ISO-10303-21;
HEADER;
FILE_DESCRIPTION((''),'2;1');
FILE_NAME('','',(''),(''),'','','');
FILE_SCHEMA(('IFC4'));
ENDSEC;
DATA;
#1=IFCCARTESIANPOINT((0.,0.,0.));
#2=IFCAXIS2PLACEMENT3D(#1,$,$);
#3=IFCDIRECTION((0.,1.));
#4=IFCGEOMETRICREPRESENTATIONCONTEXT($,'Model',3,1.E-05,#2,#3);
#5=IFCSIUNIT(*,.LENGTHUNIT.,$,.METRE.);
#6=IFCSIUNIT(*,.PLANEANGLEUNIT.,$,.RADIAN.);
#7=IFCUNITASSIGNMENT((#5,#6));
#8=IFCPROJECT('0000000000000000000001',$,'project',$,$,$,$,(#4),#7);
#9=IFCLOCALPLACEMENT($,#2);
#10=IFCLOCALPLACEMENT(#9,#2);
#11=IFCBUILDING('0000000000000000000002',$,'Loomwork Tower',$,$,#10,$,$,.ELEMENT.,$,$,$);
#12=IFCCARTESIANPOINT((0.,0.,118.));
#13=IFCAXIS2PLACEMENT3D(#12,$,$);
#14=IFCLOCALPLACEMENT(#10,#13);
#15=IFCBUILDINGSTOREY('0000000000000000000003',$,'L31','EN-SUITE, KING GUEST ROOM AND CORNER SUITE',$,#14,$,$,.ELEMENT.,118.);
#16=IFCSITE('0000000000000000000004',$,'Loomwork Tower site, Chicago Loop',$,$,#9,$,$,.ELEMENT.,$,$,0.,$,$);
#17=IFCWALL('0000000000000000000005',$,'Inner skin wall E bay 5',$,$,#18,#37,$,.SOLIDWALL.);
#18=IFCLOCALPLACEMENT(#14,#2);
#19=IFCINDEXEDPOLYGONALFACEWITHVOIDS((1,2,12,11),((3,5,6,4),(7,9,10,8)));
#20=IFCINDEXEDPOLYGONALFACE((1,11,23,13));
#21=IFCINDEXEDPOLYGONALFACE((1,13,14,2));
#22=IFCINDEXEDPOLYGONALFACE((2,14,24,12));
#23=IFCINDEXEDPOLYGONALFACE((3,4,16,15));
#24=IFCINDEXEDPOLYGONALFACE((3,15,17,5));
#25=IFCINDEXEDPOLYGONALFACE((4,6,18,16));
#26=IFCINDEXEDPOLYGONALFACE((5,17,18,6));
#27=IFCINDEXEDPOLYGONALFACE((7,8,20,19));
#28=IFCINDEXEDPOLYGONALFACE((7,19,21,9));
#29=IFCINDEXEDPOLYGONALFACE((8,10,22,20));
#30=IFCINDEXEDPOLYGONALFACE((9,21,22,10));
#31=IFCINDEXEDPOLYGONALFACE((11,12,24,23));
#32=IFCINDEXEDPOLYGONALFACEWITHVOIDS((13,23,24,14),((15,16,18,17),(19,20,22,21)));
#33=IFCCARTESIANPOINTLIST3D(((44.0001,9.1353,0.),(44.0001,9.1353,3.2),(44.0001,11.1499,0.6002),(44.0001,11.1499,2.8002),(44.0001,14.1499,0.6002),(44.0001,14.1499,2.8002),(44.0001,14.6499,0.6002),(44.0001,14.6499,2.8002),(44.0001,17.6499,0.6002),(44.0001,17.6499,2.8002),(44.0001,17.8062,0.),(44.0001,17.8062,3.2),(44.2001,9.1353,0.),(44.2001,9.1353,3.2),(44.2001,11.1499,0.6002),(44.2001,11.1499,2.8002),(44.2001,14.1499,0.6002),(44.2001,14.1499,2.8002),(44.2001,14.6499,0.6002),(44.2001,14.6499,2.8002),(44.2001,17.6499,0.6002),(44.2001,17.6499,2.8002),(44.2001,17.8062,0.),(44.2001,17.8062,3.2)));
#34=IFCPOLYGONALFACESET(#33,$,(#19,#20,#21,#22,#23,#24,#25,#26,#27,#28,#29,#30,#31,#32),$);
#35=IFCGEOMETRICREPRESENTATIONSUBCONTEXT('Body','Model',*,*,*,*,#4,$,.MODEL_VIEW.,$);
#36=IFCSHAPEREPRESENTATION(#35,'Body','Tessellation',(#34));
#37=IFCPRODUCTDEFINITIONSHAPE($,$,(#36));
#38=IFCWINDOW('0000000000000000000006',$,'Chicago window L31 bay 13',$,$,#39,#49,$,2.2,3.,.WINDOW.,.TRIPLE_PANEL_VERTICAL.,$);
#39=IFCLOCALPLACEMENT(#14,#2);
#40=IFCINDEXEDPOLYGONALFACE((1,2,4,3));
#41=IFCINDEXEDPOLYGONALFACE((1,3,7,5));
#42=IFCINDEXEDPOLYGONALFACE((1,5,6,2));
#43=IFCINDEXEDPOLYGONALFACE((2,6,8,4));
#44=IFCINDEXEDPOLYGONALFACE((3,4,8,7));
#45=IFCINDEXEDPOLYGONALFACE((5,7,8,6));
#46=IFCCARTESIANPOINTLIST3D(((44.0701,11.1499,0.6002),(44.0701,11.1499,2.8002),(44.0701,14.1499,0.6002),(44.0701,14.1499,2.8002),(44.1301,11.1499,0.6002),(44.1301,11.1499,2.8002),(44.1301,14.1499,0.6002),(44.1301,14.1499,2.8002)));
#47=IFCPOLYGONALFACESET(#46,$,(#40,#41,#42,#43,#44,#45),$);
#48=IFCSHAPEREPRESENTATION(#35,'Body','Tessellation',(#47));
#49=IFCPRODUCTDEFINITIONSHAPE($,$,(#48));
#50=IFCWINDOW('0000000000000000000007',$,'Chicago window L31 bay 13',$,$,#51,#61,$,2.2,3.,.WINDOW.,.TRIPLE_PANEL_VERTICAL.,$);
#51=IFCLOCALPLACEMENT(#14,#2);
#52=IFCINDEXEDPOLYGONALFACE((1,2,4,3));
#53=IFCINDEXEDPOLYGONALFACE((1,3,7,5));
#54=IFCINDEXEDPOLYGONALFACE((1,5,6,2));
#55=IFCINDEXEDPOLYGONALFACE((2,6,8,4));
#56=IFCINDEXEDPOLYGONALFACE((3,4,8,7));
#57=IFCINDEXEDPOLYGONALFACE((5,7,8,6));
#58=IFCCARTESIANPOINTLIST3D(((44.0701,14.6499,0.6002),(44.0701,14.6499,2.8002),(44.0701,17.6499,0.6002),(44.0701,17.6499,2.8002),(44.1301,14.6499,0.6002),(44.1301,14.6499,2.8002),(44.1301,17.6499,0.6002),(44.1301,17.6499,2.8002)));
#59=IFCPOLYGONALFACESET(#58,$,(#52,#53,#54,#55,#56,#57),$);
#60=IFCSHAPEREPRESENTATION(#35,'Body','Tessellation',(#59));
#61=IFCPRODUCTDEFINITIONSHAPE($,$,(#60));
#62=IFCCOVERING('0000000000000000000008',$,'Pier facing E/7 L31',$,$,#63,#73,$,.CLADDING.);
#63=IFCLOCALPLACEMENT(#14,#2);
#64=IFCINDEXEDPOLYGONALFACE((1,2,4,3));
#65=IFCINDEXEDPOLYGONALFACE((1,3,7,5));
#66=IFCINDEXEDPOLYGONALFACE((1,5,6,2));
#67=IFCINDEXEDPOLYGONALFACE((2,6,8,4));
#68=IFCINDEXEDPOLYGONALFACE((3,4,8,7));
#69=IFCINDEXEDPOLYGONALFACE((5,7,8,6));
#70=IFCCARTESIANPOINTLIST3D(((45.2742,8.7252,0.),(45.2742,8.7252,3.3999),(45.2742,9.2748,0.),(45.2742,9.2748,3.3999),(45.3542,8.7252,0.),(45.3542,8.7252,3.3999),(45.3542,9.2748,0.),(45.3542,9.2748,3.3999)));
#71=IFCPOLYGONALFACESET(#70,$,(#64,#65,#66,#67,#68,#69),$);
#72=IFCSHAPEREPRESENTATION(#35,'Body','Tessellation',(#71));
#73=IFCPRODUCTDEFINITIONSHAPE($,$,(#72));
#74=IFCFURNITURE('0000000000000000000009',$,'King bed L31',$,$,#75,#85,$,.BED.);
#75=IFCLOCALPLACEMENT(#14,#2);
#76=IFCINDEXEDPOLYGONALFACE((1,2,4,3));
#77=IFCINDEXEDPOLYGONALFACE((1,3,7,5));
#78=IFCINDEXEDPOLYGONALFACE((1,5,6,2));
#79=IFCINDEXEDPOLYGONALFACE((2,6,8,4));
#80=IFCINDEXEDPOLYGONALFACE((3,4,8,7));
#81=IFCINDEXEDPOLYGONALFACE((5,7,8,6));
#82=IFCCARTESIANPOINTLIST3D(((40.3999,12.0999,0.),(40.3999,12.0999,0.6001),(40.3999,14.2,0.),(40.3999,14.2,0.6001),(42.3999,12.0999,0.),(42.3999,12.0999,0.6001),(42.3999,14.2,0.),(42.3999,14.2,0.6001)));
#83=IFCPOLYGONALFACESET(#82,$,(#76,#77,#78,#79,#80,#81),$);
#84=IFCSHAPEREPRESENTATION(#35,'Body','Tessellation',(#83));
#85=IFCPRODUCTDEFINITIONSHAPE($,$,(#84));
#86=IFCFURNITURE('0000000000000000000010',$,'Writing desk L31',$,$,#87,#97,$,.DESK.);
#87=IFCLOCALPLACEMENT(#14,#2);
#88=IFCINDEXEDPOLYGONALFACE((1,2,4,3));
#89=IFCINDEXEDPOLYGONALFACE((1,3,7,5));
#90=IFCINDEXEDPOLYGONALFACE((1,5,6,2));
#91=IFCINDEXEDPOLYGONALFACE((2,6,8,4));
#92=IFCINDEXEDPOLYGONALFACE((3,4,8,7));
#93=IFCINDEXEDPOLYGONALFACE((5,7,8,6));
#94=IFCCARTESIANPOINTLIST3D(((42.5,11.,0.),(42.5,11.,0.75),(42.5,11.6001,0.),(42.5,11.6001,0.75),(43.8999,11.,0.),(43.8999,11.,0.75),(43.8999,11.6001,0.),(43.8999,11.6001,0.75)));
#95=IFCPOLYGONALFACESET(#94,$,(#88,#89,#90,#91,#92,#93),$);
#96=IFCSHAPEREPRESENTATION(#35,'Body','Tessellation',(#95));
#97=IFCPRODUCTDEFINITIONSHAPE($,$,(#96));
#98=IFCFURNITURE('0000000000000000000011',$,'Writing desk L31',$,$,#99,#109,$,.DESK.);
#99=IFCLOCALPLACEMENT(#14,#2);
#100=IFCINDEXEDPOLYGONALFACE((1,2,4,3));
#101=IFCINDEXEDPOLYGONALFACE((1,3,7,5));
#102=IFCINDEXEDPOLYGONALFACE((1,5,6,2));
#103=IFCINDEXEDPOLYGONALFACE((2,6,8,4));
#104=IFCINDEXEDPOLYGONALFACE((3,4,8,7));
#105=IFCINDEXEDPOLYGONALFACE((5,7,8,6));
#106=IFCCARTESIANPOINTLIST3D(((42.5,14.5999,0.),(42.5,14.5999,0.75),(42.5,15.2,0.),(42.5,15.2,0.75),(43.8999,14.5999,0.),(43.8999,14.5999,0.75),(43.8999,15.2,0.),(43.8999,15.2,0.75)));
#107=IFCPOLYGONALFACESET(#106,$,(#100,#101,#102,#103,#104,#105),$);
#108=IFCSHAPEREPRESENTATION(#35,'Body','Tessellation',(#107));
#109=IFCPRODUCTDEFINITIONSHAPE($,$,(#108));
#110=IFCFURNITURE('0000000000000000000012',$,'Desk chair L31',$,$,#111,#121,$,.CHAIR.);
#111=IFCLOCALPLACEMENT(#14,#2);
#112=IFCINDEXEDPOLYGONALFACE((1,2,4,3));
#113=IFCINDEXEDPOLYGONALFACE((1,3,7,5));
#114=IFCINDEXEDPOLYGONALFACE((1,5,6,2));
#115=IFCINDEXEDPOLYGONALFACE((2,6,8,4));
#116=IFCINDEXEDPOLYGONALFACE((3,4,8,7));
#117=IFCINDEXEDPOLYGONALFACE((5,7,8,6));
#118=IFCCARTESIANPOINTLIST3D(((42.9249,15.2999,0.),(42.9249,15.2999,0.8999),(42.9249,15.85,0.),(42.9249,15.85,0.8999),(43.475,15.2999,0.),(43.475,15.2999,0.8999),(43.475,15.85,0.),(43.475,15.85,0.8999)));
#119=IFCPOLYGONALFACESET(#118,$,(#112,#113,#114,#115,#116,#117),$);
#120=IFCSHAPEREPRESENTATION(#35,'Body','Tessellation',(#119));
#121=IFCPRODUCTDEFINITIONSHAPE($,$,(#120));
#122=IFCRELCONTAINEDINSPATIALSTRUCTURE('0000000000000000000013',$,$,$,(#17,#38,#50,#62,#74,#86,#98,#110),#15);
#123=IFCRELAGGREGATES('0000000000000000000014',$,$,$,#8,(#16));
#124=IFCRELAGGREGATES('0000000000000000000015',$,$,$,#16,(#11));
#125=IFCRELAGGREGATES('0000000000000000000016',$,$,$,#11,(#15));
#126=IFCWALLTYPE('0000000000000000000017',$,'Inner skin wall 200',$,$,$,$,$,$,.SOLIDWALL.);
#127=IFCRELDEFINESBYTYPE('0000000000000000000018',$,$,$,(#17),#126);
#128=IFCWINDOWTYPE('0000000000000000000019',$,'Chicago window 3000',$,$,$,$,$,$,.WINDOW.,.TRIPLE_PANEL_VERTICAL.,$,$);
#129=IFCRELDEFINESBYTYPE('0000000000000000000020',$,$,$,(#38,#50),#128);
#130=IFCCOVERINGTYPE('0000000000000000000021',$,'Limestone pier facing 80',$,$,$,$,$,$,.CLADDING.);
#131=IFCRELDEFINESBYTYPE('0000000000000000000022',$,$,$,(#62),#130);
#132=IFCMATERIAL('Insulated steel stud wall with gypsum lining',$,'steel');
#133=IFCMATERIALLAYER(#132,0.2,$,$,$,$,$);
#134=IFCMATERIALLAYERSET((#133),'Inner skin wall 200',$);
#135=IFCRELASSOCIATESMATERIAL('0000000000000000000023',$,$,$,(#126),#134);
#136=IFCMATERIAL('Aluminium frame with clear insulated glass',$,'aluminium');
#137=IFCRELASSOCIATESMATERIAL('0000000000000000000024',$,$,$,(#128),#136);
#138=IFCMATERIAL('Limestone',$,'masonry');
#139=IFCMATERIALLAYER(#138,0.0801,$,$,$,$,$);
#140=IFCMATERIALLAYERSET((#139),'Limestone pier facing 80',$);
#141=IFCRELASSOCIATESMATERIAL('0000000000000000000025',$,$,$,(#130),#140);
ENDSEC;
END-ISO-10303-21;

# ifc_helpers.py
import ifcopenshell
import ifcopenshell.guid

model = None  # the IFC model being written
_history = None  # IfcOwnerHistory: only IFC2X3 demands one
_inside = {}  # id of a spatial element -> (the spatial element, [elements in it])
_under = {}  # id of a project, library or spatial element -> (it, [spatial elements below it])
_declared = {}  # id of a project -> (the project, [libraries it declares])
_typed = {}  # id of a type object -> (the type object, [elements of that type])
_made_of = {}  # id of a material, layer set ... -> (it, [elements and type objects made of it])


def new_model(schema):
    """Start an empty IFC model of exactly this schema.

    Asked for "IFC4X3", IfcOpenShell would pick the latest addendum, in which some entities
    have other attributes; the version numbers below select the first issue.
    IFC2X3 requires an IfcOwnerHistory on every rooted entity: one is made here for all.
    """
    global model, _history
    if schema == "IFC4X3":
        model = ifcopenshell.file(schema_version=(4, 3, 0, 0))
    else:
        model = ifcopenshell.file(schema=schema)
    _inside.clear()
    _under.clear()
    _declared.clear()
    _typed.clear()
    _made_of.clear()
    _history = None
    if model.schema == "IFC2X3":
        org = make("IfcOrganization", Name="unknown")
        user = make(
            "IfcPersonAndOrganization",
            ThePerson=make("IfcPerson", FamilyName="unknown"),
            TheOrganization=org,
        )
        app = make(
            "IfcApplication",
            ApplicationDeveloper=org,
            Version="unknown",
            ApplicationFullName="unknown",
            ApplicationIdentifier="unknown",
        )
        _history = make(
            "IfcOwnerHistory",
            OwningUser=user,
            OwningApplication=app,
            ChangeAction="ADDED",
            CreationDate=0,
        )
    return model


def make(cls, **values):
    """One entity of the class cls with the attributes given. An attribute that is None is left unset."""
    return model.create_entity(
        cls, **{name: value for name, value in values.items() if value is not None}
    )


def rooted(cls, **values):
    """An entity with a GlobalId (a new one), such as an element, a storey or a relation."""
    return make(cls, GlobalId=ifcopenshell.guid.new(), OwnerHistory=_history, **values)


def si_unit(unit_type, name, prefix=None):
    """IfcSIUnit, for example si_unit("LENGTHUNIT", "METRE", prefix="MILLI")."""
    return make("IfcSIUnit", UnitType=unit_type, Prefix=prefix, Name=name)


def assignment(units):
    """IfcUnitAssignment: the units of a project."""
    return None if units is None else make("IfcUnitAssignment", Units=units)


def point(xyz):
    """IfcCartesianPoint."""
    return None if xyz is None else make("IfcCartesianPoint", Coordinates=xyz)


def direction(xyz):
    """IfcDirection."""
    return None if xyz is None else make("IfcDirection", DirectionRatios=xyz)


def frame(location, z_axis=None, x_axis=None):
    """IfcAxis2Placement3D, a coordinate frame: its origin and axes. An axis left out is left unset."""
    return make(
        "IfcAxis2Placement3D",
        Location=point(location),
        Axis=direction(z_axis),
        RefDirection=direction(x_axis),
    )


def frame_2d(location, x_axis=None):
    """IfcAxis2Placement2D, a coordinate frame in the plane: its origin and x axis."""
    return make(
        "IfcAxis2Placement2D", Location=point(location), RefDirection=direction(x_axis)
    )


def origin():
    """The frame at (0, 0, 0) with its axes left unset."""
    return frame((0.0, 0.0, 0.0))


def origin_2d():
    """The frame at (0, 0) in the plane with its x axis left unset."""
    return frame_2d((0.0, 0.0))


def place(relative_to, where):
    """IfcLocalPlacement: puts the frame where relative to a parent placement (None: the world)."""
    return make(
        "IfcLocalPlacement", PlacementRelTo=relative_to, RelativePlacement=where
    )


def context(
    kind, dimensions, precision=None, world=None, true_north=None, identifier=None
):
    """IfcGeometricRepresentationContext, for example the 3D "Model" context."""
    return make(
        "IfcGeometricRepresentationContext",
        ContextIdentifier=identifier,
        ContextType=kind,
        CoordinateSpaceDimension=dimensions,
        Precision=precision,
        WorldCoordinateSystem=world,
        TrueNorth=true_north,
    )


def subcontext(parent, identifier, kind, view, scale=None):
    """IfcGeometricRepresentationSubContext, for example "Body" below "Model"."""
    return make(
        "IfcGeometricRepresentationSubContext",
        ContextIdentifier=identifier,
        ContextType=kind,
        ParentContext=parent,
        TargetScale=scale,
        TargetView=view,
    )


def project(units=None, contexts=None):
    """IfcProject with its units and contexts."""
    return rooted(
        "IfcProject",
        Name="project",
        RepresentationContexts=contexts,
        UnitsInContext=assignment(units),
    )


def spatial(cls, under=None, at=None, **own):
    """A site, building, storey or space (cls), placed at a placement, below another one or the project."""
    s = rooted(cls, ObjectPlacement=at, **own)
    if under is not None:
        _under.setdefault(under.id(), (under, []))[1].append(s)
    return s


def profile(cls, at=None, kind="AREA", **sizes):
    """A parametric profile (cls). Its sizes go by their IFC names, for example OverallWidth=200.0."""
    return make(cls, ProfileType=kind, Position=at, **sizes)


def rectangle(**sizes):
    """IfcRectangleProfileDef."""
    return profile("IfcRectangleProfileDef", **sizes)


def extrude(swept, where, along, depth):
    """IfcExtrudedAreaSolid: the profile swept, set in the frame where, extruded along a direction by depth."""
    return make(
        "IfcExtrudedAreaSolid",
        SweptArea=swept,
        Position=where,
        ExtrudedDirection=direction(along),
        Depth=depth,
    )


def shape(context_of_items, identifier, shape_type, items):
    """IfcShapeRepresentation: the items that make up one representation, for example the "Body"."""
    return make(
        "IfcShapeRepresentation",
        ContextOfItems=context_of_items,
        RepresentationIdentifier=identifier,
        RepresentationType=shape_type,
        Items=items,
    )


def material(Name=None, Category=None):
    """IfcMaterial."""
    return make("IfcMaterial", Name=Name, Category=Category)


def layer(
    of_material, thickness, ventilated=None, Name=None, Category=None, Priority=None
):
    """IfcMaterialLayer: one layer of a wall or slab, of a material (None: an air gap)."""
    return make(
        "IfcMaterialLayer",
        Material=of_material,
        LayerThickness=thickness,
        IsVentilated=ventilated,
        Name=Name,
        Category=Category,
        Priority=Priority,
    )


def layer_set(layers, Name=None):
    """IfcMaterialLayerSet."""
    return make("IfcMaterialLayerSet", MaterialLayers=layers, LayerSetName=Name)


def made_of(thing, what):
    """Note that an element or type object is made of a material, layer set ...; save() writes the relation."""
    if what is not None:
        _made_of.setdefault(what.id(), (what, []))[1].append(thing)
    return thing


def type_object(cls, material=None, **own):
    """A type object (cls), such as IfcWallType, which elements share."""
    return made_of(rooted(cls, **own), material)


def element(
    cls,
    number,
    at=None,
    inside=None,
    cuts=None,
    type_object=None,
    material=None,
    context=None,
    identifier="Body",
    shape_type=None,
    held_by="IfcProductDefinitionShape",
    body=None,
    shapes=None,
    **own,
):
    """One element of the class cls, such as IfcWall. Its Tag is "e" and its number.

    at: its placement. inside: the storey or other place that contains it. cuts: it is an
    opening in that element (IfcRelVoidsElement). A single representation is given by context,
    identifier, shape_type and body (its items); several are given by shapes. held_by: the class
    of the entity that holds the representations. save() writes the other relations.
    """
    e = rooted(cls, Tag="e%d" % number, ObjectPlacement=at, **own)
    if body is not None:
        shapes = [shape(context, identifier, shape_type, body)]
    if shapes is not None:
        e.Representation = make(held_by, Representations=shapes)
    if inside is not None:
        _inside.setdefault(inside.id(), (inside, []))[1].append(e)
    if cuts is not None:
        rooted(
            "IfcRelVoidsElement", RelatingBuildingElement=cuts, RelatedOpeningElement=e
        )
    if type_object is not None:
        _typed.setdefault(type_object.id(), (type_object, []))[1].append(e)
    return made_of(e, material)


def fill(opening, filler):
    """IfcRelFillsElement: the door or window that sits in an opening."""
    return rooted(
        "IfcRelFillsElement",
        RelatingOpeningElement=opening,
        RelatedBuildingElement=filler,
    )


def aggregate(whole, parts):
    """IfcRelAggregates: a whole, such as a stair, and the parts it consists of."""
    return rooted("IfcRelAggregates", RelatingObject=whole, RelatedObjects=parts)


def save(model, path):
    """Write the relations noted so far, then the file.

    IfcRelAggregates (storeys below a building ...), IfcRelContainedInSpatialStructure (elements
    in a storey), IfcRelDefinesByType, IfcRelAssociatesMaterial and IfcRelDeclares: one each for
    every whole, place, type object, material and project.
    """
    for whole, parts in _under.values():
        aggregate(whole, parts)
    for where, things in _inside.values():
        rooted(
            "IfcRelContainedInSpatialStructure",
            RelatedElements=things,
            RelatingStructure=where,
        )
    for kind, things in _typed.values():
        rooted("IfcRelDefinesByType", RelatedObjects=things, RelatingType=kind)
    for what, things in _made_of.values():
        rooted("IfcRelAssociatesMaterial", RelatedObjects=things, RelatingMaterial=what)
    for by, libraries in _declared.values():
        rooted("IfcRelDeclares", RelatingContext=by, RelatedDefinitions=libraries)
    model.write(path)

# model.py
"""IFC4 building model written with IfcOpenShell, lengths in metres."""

from ifc_helpers import new_model, si_unit, direction, frame, frame_2d, origin, origin_2d, place, context, subcontext, project, spatial, rectangle, extrude, material, layer, layer_set, type_object, element, fill, save


model = new_model("IFC4")

# Units and contexts
model_context = context("Model", 3, precision=1e-05, world=origin(), true_north=direction((0.0, 1.0)))
body_context = subcontext(model_context, "Body", "Model", "MODEL_VIEW")
ifc_project = project(units=[si_unit("LENGTHUNIT", "METRE"), si_unit("PLANEANGLEUNIT", "RADIAN")], contexts=[model_context])

# Site, building, storey
site_placement = place(None, origin())
site = spatial("IfcSite", under=ifc_project, at=site_placement, Name="Loomwork Tower site, Chicago Loop", CompositionType="ELEMENT", RefElevation=0.0)
building_placement = place(site_placement, origin())
building = spatial("IfcBuilding", under=site, at=building_placement, Name="Loomwork Tower", CompositionType="ELEMENT")
storey_placement = place(building_placement, frame((0.0, 0.0, 118.0)))
storey = spatial("IfcBuildingStorey", under=building, at=storey_placement, Name="L31", Description="EN-SUITE, KING GUEST ROOM AND CORNER SUITE", CompositionType="ELEMENT", Elevation=118.0)

# Shared definitions
ifc_material_1 = material(Name="Insulated steel stud wall with gypsum lining", Category="steel")
ifc_layer_1 = layer(ifc_material_1, 0.2)
ifc_layer_set_1 = layer_set([ifc_layer_1], Name="Inner skin wall 200")
wall_type = type_object("IfcWallType", Name="Inner skin wall 200", PredefinedType="SOLIDWALL", material=ifc_layer_set_1)

# Wall, openings, windows
wall_1_placement = place(storey_placement, frame((44.1001, 9.1353, 0.0), z_axis=(0.0, 0.0, 1.0), x_axis=(0.0, 1.0, 0.0)))
wall_1 = element("IfcWall", 1, at=wall_1_placement, inside=storey, type_object=wall_type, Name="Inner skin wall E bay 5", PredefinedType="SOLIDWALL", context=body_context, shape_type="SweptSolid", body=[
    extrude(rectangle(XDim=8.6709, YDim=0.2, at=frame_2d((4.3354, 0.0))), origin(), (0.0, 0.0, 1.0), 3.2),
])
opening_1_placement = place(wall_1_placement, frame((2.0146, 0.0, 0.6001)))
opening_1 = element("IfcOpeningElement", 2, at=opening_1_placement, cuts=wall_1, PredefinedType="OPENING", context=body_context, shape_type="SweptSolid", body=[
    extrude(rectangle(XDim=3.0, YDim=2.2, at=frame_2d((1.5, 1.1001))), frame((0.0, 0.1099, 0.0), z_axis=(0.0, -1.0, 0.0), x_axis=(1.0, 0.0, 0.0)), (0.0, 0.0, 1.0), 0.22),
])
opening_2_placement = place(wall_1_placement, frame((5.5146, 0.0, 0.6001)))
opening_2 = element("IfcOpeningElement", 3, at=opening_2_placement, cuts=wall_1, PredefinedType="OPENING", context=body_context, shape_type="SweptSolid", body=[
    extrude(rectangle(XDim=3.0, YDim=2.2, at=frame_2d((1.5, 1.1001))), frame((0.0, 0.1099, 0.0), z_axis=(0.0, -1.0, 0.0), x_axis=(1.0, 0.0, 0.0)), (0.0, 0.0, 1.0), 0.22),
])
ifc_material_2 = material(Name="Aluminium frame with clear insulated glass", Category="aluminium")
window_type = type_object("IfcWindowType", Name="Chicago window 3000", PartitioningType="TRIPLE_PANEL_VERTICAL", PredefinedType="WINDOW", material=ifc_material_2)
window_1_placement = place(opening_1_placement, origin())
window_1 = element("IfcWindow", 4, at=window_1_placement, inside=storey, type_object=window_type, Name="Chicago window L31 bay 13", OverallHeight=2.2, OverallWidth=3.0, PartitioningType="TRIPLE_PANEL_VERTICAL", PredefinedType="WINDOW", context=body_context, shape_type="SweptSolid", body=[
    extrude(rectangle(XDim=3.0, YDim=2.2, at=frame_2d((1.5, 1.1001))), frame((0.0, 0.03, 0.0), z_axis=(0.0, -1.0, 0.0), x_axis=(1.0, 0.0, 0.0)), (0.0, 0.0, 1.0), 0.0601),
])
fill(opening_1, window_1)
window_2_placement = place(opening_2_placement, origin())
window_2 = element("IfcWindow", 5, at=window_2_placement, inside=storey, type_object=window_type, Name="Chicago window L31 bay 13", OverallHeight=2.2, OverallWidth=3.0, PartitioningType="TRIPLE_PANEL_VERTICAL", PredefinedType="WINDOW", context=body_context, shape_type="SweptSolid", body=[
    extrude(rectangle(XDim=3.0, YDim=2.2, at=frame_2d((1.5, 1.1001))), frame((0.0, 0.03, 0.0), z_axis=(0.0, -1.0, 0.0), x_axis=(1.0, 0.0, 0.0)), (0.0, 0.0, 1.0), 0.0601),
])
fill(opening_2, window_2)

# Covering
ifc_material_3 = material(Name="Limestone", Category="masonry")
ifc_layer_2 = layer(ifc_material_3, 0.0801)
ifc_layer_set_2 = layer_set([ifc_layer_2], Name="Limestone pier facing 80")
covering_type = type_object("IfcCoveringType", Name="Limestone pier facing 80", PredefinedType="CLADDING", material=ifc_layer_set_2)
covering_placement = place(storey_placement, frame((45.3142, 9.0, 0.0), z_axis=(0.0, 0.0, 1.0), x_axis=(1.0, 0.0, 0.0)))
element("IfcCovering", 6, at=covering_placement, inside=storey, type_object=covering_type, Name="Pier facing E/7 L31", PredefinedType="CLADDING", context=body_context, shape_type="SweptSolid", body=[
    extrude(rectangle(XDim=0.0801, YDim=0.5496, at=origin_2d()), origin(), (0.0, 0.0, 1.0), 3.3999),
])

# Furniture
furniture_1_placement = place(storey_placement, frame((41.3999, 13.1499, 0.0), z_axis=(0.0, 0.0, 1.0), x_axis=(1.0, 0.0, 0.0)))
element("IfcFurniture", 7, at=furniture_1_placement, inside=storey, Name="King bed L31", PredefinedType="BED", context=body_context, shape_type="SweptSolid", body=[
    extrude(rectangle(XDim=2.0, YDim=2.1001, at=origin_2d()), origin(), (0.0, 0.0, 1.0), 0.6001),
])
for number, where, z_axis, x_axis, name in (
    (8, (43.2, 11.3, 0.0), (0.0, 0.0, 1.0), (1.0, 0.0, 0.0), "Writing desk L31"),
    (9, (43.2, 14.8999, 0.0), (0.0, 0.0, 1.0), (1.0, 0.0, 0.0), "Writing desk L31"),
):
    element("IfcFurniture", number, at=place(storey_placement, frame(where, z_axis=z_axis, x_axis=x_axis)), inside=storey, Name=name, PredefinedType="DESK", context=body_context, shape_type="SweptSolid", body=[
        extrude(rectangle(XDim=1.3999, YDim=0.6001, at=origin_2d()), origin(), (0.0, 0.0, 1.0), 0.75),
    ])
furniture_2_placement = place(storey_placement, frame((43.2, 15.575, 0.0), z_axis=(0.0, 0.0, 1.0), x_axis=(1.0, 0.0, 0.0)))
element("IfcFurniture", 10, at=furniture_2_placement, inside=storey, Name="Desk chair L31", PredefinedType="CHAIR", context=body_context, shape_type="SweptSolid", body=[
    extrude(rectangle(XDim=0.55, YDim=0.55, at=origin_2d()), origin(), (0.0, 0.0, 1.0), 0.8999),
])

save(model, "model.ifc")
